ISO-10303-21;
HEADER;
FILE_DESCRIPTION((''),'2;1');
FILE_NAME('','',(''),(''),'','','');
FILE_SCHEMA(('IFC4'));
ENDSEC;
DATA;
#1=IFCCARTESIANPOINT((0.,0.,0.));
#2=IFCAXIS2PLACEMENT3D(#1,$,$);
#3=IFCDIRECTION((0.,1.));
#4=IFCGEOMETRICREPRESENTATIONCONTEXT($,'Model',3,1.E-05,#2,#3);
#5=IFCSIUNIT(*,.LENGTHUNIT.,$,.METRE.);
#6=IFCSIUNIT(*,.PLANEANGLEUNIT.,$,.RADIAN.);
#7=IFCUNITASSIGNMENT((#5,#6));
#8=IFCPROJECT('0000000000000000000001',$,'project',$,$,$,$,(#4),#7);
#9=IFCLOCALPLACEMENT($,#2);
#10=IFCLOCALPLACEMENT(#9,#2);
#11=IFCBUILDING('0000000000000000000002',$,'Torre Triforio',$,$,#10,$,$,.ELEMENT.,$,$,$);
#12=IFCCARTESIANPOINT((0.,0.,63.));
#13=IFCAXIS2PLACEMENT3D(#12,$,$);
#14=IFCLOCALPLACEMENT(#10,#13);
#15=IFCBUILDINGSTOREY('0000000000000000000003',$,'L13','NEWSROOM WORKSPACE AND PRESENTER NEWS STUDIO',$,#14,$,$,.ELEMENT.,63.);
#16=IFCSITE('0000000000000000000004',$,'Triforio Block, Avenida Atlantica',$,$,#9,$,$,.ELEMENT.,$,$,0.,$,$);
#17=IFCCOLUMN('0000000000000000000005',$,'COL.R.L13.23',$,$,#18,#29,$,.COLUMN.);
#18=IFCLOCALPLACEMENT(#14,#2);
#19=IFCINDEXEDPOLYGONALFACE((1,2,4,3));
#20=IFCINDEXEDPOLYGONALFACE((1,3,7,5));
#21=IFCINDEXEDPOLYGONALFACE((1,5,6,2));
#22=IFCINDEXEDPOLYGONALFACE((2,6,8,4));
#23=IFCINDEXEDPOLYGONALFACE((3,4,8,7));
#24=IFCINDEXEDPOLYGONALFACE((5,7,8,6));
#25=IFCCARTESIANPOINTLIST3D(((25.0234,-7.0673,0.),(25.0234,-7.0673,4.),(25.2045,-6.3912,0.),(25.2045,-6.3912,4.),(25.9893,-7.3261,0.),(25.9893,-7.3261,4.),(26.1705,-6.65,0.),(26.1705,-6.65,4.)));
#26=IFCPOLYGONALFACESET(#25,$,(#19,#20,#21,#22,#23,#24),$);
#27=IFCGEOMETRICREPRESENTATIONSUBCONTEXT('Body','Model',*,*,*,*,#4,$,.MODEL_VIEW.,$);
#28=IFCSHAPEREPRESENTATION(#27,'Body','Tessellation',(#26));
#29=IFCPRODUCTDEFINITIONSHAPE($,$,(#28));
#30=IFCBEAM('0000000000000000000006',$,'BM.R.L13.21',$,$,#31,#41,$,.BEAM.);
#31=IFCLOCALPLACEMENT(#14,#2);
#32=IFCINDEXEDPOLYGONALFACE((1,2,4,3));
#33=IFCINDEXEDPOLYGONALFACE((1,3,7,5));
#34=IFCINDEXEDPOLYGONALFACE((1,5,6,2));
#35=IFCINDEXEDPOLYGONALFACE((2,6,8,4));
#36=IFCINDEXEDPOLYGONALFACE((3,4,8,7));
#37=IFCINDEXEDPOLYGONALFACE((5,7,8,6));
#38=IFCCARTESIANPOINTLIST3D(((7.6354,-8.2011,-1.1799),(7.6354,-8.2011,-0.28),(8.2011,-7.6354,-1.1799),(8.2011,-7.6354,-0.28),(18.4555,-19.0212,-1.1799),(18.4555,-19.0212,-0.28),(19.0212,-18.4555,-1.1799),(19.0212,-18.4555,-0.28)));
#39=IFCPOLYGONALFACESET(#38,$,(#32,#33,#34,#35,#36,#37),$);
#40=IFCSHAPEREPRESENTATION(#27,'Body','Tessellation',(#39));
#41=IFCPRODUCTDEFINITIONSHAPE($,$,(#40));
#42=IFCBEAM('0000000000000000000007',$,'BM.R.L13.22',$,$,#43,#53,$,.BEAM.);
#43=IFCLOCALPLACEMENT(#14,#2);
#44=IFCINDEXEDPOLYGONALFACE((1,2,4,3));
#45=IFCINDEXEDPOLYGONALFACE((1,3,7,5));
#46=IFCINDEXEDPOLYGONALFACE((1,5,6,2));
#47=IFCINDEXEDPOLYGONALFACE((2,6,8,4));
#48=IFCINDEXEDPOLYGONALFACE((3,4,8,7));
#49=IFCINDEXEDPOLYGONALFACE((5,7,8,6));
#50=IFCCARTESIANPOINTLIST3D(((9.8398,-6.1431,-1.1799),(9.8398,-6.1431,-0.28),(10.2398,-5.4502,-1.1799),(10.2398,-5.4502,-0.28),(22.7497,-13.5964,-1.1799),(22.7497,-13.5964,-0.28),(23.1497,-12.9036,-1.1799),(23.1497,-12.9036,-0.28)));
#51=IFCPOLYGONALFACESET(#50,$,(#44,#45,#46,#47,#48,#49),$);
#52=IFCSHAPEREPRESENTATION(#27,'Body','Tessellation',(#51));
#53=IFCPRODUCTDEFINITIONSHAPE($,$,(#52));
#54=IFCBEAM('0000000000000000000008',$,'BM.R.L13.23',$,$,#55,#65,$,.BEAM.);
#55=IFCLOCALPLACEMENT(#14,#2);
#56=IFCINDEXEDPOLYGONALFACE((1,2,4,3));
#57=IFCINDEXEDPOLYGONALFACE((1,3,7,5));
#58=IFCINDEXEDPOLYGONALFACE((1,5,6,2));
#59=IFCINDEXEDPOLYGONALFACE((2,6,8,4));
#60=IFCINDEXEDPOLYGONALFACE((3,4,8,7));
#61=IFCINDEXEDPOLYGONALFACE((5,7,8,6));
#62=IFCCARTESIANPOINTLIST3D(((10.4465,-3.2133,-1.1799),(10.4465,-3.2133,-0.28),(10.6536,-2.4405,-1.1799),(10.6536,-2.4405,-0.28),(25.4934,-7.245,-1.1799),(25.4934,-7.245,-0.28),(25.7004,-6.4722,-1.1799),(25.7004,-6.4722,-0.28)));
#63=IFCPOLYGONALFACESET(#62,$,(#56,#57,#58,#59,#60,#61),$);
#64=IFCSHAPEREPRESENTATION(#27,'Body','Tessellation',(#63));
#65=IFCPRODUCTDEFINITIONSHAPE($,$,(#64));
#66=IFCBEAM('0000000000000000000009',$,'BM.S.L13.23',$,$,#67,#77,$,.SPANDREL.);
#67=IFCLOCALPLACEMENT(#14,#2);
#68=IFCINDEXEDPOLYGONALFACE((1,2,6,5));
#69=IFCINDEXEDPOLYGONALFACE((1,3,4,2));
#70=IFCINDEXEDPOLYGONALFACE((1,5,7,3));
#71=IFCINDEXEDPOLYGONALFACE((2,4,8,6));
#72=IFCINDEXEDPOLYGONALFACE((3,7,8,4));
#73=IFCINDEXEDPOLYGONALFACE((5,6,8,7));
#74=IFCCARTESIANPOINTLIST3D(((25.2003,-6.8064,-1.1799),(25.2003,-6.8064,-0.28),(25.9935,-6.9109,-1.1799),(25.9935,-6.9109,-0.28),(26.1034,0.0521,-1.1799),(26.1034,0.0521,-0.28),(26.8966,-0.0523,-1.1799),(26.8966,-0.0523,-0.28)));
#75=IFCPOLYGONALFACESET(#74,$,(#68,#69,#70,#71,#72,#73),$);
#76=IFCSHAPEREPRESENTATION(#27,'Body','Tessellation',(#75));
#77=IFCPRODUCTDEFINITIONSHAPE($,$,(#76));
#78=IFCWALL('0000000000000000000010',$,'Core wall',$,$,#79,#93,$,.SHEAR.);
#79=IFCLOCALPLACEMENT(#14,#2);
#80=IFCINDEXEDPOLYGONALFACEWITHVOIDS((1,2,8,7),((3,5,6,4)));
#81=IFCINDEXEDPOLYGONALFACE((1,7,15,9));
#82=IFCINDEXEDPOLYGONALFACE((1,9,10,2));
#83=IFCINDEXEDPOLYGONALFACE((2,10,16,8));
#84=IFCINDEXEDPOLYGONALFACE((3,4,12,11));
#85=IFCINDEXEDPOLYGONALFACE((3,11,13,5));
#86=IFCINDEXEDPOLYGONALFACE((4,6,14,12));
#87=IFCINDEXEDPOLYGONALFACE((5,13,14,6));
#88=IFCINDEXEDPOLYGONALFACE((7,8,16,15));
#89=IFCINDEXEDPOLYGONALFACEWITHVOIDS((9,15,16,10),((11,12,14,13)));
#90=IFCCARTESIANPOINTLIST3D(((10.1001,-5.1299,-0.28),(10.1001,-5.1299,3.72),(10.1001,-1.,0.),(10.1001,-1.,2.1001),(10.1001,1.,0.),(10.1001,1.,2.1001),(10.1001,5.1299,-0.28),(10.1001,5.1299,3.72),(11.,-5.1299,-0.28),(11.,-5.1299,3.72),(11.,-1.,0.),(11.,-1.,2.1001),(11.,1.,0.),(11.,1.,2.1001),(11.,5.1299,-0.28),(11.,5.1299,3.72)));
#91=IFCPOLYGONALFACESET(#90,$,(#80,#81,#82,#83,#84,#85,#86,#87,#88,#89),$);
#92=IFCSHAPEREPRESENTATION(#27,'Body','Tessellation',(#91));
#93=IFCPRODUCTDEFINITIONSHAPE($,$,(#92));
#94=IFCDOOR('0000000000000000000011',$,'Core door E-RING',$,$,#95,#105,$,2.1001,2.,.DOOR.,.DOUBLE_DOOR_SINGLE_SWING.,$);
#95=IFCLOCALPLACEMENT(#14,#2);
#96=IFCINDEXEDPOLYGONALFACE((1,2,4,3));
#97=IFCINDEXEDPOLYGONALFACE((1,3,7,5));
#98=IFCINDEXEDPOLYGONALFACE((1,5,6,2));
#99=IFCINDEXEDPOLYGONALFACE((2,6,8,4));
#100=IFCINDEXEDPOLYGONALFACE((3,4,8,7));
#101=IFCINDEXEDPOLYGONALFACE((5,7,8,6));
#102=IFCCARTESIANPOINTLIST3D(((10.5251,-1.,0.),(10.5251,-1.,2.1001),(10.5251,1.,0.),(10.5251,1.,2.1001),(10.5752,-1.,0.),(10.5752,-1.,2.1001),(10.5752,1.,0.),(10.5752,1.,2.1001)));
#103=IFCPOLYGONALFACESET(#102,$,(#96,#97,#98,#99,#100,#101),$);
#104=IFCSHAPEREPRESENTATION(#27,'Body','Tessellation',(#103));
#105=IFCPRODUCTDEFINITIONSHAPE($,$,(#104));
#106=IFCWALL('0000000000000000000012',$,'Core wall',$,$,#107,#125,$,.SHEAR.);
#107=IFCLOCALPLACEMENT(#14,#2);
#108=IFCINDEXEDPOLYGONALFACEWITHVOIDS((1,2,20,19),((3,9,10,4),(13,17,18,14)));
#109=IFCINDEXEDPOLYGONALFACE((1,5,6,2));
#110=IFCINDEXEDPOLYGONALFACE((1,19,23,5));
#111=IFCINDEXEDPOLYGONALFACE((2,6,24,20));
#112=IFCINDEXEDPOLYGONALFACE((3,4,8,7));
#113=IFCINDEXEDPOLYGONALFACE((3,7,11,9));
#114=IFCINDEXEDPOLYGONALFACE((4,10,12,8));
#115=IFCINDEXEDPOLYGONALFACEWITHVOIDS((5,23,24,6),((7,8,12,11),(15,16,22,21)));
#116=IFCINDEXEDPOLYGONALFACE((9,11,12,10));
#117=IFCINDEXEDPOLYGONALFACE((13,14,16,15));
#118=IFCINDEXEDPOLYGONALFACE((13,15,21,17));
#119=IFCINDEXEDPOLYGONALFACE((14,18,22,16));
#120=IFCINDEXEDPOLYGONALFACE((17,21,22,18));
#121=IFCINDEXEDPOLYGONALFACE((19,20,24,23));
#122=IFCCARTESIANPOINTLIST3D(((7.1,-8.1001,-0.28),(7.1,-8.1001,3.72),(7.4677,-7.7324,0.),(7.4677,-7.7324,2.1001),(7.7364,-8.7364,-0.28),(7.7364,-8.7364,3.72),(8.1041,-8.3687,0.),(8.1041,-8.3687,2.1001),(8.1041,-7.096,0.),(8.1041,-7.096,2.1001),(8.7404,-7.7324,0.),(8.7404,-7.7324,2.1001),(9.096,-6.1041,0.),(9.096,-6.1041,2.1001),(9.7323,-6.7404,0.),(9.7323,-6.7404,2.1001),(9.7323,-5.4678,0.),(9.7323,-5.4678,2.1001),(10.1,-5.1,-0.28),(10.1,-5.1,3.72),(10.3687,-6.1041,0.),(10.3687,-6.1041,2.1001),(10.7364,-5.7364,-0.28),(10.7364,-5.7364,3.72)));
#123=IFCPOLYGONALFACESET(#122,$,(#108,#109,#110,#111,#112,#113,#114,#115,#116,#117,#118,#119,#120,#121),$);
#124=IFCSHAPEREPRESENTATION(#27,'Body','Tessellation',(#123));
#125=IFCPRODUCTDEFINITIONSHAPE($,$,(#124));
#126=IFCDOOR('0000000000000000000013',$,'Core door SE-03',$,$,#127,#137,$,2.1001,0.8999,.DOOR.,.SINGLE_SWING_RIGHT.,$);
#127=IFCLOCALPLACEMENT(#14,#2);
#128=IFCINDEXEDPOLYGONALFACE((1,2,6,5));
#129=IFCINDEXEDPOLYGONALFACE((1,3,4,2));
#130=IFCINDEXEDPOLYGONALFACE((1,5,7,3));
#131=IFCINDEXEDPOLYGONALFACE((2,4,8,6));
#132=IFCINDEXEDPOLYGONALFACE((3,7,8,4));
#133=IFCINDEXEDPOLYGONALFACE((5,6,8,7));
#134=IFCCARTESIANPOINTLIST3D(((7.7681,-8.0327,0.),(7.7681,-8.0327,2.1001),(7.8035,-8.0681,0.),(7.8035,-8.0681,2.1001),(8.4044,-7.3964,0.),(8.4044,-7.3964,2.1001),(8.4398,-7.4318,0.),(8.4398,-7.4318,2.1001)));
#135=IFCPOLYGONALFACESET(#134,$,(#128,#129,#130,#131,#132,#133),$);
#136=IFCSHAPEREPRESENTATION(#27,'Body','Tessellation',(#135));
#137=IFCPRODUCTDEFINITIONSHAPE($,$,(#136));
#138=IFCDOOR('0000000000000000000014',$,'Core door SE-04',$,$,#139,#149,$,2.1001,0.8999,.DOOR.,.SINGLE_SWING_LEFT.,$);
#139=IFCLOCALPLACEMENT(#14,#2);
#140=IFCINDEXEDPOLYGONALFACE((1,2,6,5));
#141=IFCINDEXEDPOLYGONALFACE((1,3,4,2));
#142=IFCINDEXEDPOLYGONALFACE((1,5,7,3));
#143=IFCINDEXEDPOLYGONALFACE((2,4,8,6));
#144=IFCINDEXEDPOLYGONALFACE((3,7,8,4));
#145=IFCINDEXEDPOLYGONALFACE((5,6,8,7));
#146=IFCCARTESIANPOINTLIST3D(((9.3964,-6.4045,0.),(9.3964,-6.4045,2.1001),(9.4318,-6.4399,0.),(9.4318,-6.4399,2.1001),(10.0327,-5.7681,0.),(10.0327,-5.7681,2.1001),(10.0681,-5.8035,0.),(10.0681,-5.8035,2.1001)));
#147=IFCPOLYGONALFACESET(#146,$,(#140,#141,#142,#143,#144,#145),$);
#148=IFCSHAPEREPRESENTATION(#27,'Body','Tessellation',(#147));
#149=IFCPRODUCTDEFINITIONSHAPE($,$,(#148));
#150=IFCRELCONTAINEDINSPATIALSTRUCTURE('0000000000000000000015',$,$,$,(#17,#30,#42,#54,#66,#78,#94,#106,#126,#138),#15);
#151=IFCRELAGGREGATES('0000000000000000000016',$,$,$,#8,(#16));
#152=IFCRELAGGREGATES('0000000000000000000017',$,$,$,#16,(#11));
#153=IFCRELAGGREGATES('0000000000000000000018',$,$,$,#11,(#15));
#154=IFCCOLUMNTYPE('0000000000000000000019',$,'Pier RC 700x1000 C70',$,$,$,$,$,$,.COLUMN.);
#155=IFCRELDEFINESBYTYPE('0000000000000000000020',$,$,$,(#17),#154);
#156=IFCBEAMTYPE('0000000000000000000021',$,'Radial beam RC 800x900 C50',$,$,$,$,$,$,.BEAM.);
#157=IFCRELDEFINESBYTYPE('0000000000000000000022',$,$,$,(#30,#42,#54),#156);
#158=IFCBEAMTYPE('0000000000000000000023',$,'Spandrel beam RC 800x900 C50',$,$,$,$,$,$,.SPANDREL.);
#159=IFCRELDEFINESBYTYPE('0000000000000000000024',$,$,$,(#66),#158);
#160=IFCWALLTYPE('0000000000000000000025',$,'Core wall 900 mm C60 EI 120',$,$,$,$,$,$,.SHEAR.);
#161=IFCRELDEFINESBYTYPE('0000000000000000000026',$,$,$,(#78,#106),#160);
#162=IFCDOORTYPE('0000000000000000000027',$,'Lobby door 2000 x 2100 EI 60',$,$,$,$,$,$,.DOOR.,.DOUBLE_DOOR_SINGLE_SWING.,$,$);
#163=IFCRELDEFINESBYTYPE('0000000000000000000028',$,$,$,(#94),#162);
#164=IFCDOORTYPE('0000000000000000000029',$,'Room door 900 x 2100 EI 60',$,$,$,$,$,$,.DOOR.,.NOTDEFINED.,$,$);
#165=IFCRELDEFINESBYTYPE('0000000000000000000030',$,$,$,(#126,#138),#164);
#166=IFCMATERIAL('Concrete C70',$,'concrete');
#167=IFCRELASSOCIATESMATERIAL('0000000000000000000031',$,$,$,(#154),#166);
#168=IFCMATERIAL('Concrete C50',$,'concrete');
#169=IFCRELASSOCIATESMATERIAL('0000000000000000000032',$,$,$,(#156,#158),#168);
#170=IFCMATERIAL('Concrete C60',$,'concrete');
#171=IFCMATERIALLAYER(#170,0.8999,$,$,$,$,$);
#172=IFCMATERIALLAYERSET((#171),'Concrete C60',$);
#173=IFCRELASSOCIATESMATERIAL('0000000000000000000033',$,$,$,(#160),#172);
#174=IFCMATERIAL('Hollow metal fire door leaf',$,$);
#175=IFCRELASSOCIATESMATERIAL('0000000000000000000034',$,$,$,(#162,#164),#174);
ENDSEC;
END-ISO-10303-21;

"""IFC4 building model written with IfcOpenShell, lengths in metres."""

from ifc_helpers import new_model, si_unit, direction, frame, frame_2d, origin, origin_2d, place, context, subcontext, project, spatial, rectangle, extrude, material, layer, layer_set, material_profile, profile_set, type_object, element, fill, save


model = new_model("IFC4")

# Units and contexts
model_context = context("Model", 3, precision=1e-05, world=origin(), true_north=direction((0.0, 1.0)))
body_context = subcontext(model_context, "Body", "Model", "MODEL_VIEW")
ifc_project = project(units=[si_unit("LENGTHUNIT", "METRE"), si_unit("PLANEANGLEUNIT", "RADIAN")], contexts=[model_context])

# Site, building, storey
site_placement = place(None, origin())
site = spatial("IfcSite", under=ifc_project, at=site_placement, Name="Triforio Block, Avenida Atlantica", CompositionType="ELEMENT", RefElevation=0.0)
building_placement = place(site_placement, origin())
building = spatial("IfcBuilding", under=site, at=building_placement, Name="Torre Triforio", CompositionType="ELEMENT")
storey_placement = place(building_placement, frame((0.0, 0.0, 63.0)))
storey = spatial("IfcBuildingStorey", under=building, at=storey_placement, Name="L13", Description="NEWSROOM WORKSPACE AND PRESENTER NEWS STUDIO", CompositionType="ELEMENT", Elevation=63.0)

# Column
ifc_material_1 = material(Name="Concrete C70", Category="concrete")
ifc_material_profile_1 = material_profile(ifc_material_1, rectangle(XDim=0.7, YDim=1.0, at=origin_2d()), Name="RC 700x1000")
ifc_profile_set_1 = profile_set([ifc_material_profile_1], Name="Concrete C70")
column_type = type_object("IfcColumnType", Name="Pier RC 700x1000 C70", PredefinedType="COLUMN", material=ifc_profile_set_1)
column_placement = place(storey_placement, frame((25.5969, -6.8586, 0.0), z_axis=(0.0, 0.0, 1.0), x_axis=(0.258819, 0.965926, 0.0)))
element("IfcColumn", 1, at=column_placement, inside=storey, type_object=column_type, Name="COL.R.L13.23", PredefinedType="COLUMN", context=body_context, shape_type="SweptSolid", body=[
    extrude(rectangle(XDim=0.7, YDim=1.0, at=origin_2d()), origin(), (0.0, 0.0, 1.0), 4.0),
])

# Beams
ifc_material_2 = material(Name="Concrete C50", Category="concrete")
ifc_material_profile_2 = material_profile(ifc_material_2, rectangle(XDim=0.8, YDim=0.8999, at=origin_2d()), Name="RC 800x900")
ifc_profile_set_2 = profile_set([ifc_material_profile_2], Name="Concrete C50")
beam_type_1 = type_object("IfcBeamType", Name="Radial beam RC 800x900 C50", PredefinedType="BEAM", material=ifc_profile_set_2)
beam_1_placement = place(storey_placement, frame((7.9182, -7.9182, -0.73), z_axis=(0.707107, -0.707107, 0.0), x_axis=(0.707107, 0.707107, 0.0)))
element("IfcBeam", 2, at=beam_1_placement, inside=storey, type_object=beam_type_1, Name="BM.R.L13.21", PredefinedType="BEAM", context=body_context, shape_type="SweptSolid", body=[
    extrude(rectangle(XDim=0.8, YDim=0.8999, at=origin_2d()), origin(), (0.0, 0.0, 1.0), 15.302),
])
beam_2_placement = place(storey_placement, frame((10.0398, -5.7966, -0.73), z_axis=(0.86603, -0.499991, 0.0), x_axis=(0.499991, 0.86603, 0.0)))
element("IfcBeam", 3, at=beam_2_placement, inside=storey, type_object=beam_type_1, Name="BM.R.L13.22", PredefinedType="BEAM", context=body_context, shape_type="SweptSolid", body=[
    extrude(rectangle(XDim=0.8, YDim=0.8999, at=origin_2d()), origin(), (0.0, 0.0, 1.0), 14.907),
])
beam_3_placement = place(storey_placement, frame((10.55, -2.8269, -0.73), z_axis=(0.965927, -0.258815, 0.0), x_axis=(0.258815, 0.965927, 0.0)))
element("IfcBeam", 4, at=beam_3_placement, inside=storey, type_object=beam_type_1, Name="BM.R.L13.23", PredefinedType="BEAM", context=body_context, shape_type="SweptSolid", body=[
    extrude(rectangle(XDim=0.8, YDim=0.8999, at=origin_2d()), origin(), (0.0, 0.0, 1.0), 15.5776),
])
ifc_material_profile_3 = material_profile(ifc_material_2, rectangle(XDim=0.8, YDim=0.8999, at=origin_2d()), Name="RC 800x900")
ifc_profile_set_3 = profile_set([ifc_material_profile_3], Name="Concrete C50")
beam_type_2 = type_object("IfcBeamType", Name="Spandrel beam RC 800x900 C50", PredefinedType="SPANDREL", material=ifc_profile_set_3)
beam_4_placement = place(storey_placement, frame((25.5969, -6.8586, -0.73), z_axis=(0.130543, 0.991443, 0.0), x_axis=(-0.991443, 0.130543, 0.0)))
element("IfcBeam", 5, at=beam_4_placement, inside=storey, type_object=beam_type_2, Name="BM.S.L13.23", PredefinedType="SPANDREL", context=body_context, shape_type="SweptSolid", body=[
    extrude(rectangle(XDim=0.8, YDim=0.8999, at=origin_2d()), origin(), (0.0, 0.0, 1.0), 6.9177),
])

# Wall, opening, door
ifc_material_3 = material(Name="Concrete C60", Category="concrete")
ifc_layer_1 = layer(ifc_material_3, 0.8999)
ifc_layer_set_1 = layer_set([ifc_layer_1], Name="Concrete C60")
wall_type_1 = type_object("IfcWallType", Name="Core wall 900 mm C60 EI 120", PredefinedType="SHEAR", material=ifc_layer_set_1)
wall_1_placement = place(storey_placement, frame((10.55, -5.1299, -0.28), z_axis=(0.0, 0.0, 1.0), x_axis=(0.0, 1.0, 0.0)))
wall_1 = element("IfcWall", 6, at=wall_1_placement, inside=storey, type_object=wall_type_1, Name="Core wall", PredefinedType="SHEAR", context=body_context, shape_type="SweptSolid", body=[
    extrude(rectangle(XDim=10.2598, YDim=0.8999, at=frame_2d((5.1299, 0.0))), origin(), (0.0, 0.0, 1.0), 4.0),
])
opening_1_placement = place(wall_1_placement, frame((4.1299, 0.0, 0.28)))
opening_1 = element("IfcOpeningElement", 7, at=opening_1_placement, cuts=wall_1, PredefinedType="OPENING", context=body_context, shape_type="SweptSolid", body=[
    extrude(rectangle(XDim=2.0, YDim=2.1001, at=frame_2d((1.0, 1.05))), frame((0.0, 0.46, 0.0), z_axis=(0.0, -1.0, 0.0), x_axis=(1.0, 0.0, 0.0)), (0.0, 0.0, 1.0), 0.9199),
])
ifc_material_4 = material(Name="Hollow metal fire door leaf")
door_type_1 = type_object("IfcDoorType", Name="Lobby door 2000 x 2100 EI 60", OperationType="DOUBLE_DOOR_SINGLE_SWING", PredefinedType="DOOR", material=ifc_material_4)
door_1_placement = place(opening_1_placement, origin())
door_1 = element("IfcDoor", 8, at=door_1_placement, inside=storey, type_object=door_type_1, Name="Core door E-RING", OperationType="DOUBLE_DOOR_SINGLE_SWING", OverallHeight=2.1001, OverallWidth=2.0, PredefinedType="DOOR", context=body_context, shape_type="SweptSolid", body=[
    extrude(rectangle(XDim=2.0, YDim=2.1001, at=frame_2d((1.0, 1.05))), frame((0.0, 0.0249, 0.0), z_axis=(0.0, -1.0, 0.0), x_axis=(1.0, 0.0, 0.0)), (0.0, 0.0, 1.0), 0.05),
])
fill(opening_1, door_1)

# Wall, openings, doors
wall_2_placement = place(storey_placement, frame((10.4182, -5.4182, -0.28), z_axis=(0.0, 0.0, 1.0), x_axis=(-0.707107, -0.707107, 0.0)))
wall_2 = element("IfcWall", 9, at=wall_2_placement, inside=storey, type_object=wall_type_1, Name="Core wall", PredefinedType="SHEAR", context=body_context, shape_type="SweptSolid", body=[
    extrude(rectangle(XDim=4.2427, YDim=0.8999, at=frame_2d((2.1213, 0.0))), origin(), (0.0, 0.0, 1.0), 4.0),
])
opening_2_placement = place(wall_2_placement, frame((2.8228, 0.0, 0.28)))
opening_2 = element("IfcOpeningElement", 10, at=opening_2_placement, cuts=wall_2, PredefinedType="OPENING", context=body_context, shape_type="SweptSolid", body=[
    extrude(rectangle(XDim=0.8999, YDim=2.1001, at=frame_2d((0.45, 1.05))), frame((0.0, 0.46, 0.0), z_axis=(0.0, -1.0, 0.0), x_axis=(1.0, 0.0, 0.0)), (0.0, 0.0, 1.0), 0.9199),
])
opening_3_placement = place(wall_2_placement, frame((0.52, 0.0, 0.28)))
opening_3 = element("IfcOpeningElement", 11, at=opening_3_placement, cuts=wall_2, PredefinedType="OPENING", context=body_context, shape_type="SweptSolid", body=[
    extrude(rectangle(XDim=0.8999, YDim=2.1001, at=frame_2d((0.45, 1.05))), frame((0.0, 0.46, 0.0), z_axis=(0.0, -1.0, 0.0), x_axis=(1.0, 0.0, 0.0)), (0.0, 0.0, 1.0), 0.9199),
])
door_type_2 = type_object("IfcDoorType", Name="Room door 900 x 2100 EI 60", OperationType="NOTDEFINED", PredefinedType="DOOR", material=ifc_material_4)
door_2_placement = place(opening_2_placement, origin())
door_2 = element("IfcDoor", 12, at=door_2_placement, inside=storey, type_object=door_type_2, Name="Core door SE-03", OperationType="SINGLE_SWING_RIGHT", OverallHeight=2.1001, OverallWidth=0.8999, PredefinedType="DOOR", context=body_context, shape_type="SweptSolid", body=[
    extrude(rectangle(XDim=0.8999, YDim=2.1001, at=frame_2d((0.45, 1.05))), frame((0.0, 0.0249, 0.0), z_axis=(0.0, -1.0, 0.0), x_axis=(1.0, 0.0, 0.0)), (0.0, 0.0, 1.0), 0.05),
])
fill(opening_2, door_2)
door_3_placement = place(opening_3_placement, origin())
door_3 = element("IfcDoor", 13, at=door_3_placement, inside=storey, type_object=door_type_2, Name="Core door SE-04", OperationType="SINGLE_SWING_LEFT", OverallHeight=2.1001, OverallWidth=0.8999, PredefinedType="DOOR", context=body_context, shape_type="SweptSolid", body=[
    extrude(rectangle(XDim=0.8999, YDim=2.1001, at=frame_2d((0.45, 1.05))), frame((0.0, 0.0249, 0.0), z_axis=(0.0, -1.0, 0.0), x_axis=(1.0, 0.0, 0.0)), (0.0, 0.0, 1.0), 0.05),
])
fill(opening_3, door_3)

save(model, "model.ifc")
